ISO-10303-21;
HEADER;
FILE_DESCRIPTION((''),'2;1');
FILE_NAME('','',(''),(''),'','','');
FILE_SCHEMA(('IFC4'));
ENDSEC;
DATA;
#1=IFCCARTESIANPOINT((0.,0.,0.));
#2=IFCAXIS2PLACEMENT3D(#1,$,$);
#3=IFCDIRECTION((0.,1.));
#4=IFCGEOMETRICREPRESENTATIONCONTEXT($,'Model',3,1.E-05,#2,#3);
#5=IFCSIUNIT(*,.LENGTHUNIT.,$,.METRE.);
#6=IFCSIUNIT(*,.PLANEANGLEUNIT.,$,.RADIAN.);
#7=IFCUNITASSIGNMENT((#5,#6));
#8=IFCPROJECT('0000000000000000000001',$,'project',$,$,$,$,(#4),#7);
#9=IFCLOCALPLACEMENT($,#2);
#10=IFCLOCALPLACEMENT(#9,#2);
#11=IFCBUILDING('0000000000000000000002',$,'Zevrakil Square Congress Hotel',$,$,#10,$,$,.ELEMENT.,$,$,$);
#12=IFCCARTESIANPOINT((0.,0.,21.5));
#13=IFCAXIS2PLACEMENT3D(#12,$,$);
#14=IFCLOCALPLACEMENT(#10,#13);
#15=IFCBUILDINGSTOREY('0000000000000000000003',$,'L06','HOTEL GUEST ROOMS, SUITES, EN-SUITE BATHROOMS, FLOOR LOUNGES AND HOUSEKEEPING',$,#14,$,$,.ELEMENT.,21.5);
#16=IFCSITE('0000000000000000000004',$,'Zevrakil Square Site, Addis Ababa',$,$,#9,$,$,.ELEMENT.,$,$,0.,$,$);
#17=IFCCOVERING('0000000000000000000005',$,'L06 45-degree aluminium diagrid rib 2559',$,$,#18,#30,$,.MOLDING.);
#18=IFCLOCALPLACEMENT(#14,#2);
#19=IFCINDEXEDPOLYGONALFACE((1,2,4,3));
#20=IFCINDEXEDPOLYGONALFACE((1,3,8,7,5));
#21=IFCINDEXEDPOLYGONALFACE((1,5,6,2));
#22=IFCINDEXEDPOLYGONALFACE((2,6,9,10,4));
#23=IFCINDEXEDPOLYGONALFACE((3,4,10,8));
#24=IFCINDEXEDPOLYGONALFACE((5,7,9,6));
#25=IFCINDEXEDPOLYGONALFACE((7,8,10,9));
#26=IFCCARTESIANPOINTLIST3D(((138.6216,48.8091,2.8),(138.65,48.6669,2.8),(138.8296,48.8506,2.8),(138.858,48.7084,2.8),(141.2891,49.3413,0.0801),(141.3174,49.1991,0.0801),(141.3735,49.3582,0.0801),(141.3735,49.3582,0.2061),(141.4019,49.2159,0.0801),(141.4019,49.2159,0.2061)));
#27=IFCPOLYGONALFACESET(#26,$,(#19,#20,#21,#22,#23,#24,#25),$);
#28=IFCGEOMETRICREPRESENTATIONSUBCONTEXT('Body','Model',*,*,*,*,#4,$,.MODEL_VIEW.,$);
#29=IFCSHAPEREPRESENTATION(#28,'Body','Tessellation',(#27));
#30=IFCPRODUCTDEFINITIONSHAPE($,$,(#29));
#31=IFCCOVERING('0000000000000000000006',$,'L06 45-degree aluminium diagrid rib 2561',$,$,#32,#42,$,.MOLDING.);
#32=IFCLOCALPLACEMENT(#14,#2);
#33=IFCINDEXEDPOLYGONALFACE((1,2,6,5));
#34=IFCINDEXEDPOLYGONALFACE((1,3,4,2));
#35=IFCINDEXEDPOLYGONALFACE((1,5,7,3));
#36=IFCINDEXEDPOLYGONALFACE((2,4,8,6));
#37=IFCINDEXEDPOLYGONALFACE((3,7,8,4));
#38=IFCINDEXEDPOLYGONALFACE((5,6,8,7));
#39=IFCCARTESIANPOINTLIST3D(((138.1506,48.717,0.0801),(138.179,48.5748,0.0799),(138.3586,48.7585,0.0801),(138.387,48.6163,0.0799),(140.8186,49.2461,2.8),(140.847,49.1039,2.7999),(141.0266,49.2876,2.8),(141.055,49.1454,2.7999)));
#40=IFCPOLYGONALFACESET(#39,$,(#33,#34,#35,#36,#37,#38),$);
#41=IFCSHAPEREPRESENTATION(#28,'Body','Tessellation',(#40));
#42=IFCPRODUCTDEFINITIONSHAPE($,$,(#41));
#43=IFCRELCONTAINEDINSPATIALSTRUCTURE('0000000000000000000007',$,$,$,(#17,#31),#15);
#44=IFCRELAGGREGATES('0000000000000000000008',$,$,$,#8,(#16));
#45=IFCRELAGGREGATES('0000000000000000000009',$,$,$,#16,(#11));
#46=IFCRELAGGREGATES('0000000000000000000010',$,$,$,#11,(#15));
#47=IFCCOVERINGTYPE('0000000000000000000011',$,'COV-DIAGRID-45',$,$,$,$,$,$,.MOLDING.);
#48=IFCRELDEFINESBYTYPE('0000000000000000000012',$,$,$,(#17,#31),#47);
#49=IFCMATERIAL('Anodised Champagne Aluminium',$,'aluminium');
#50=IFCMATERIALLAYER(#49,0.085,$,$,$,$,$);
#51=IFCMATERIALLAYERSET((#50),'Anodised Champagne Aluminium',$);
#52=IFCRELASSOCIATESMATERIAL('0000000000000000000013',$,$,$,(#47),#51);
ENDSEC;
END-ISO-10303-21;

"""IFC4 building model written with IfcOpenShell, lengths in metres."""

from ifc_helpers import new_model, si_unit, direction, frame, origin, place, context, subcontext, project, spatial, polyline, outline, extrude, material, layer, layer_set, type_object, element, save


model = new_model("IFC4")

# Units and contexts
model_context = context("Model", 3, precision=1e-05, world=origin(), true_north=direction((0.0, 1.0)))
body_context = subcontext(model_context, "Body", "Model", "MODEL_VIEW")
ifc_project = project(units=[si_unit("LENGTHUNIT", "METRE"), si_unit("PLANEANGLEUNIT", "RADIAN")], contexts=[model_context])

# Site, building, storey
site_placement = place(None, origin())
site = spatial("IfcSite", under=ifc_project, at=site_placement, Name="Zevrakil Square Site, Addis Ababa", CompositionType="ELEMENT", RefElevation=0.0)
building_placement = place(site_placement, origin())
building = spatial("IfcBuilding", under=site, at=building_placement, Name="Zevrakil Square Congress Hotel", CompositionType="ELEMENT")
storey_placement = place(building_placement, frame((0.0, 0.0, 21.5)))
storey = spatial("IfcBuildingStorey", under=building, at=storey_placement, Name="L06", Description="HOTEL GUEST ROOMS, SUITES, EN-SUITE BATHROOMS, FLOOR LOUNGES AND HOUSEKEEPING", CompositionType="ELEMENT", Elevation=21.5)

# Coverings
ifc_material_1 = material(Name="Anodised Champagne Aluminium", Category="aluminium")
ifc_layer_1 = layer(ifc_material_1, 0.085)
ifc_layer_set_1 = layer_set([ifc_layer_1], Name="Anodised Champagne Aluminium")
covering_type_1 = type_object("IfcCoveringType", Name="COV-DIAGRID-45", PredefinedType="MOLDING", material=ifc_layer_set_1)
covering_1_placement = place(storey_placement, frame((141.2891, 49.3413, 0.0801), z_axis=(-0.19565, 0.980674, 0.000015), x_axis=(0.980674, 0.19565, 0.0)))
element("IfcCovering", 1, at=covering_1_placement, inside=storey, type_object=covering_type_1, Name="L06 45-degree aluminium diagrid rib 2559", PredefinedType="MOLDING", context=body_context, shape_type="SweptSolid", body=[
    extrude(outline(polyline([(0.0, 0.0), (0.0861, 0.0), (0.0861, -0.126), (-2.508, -2.72), (-2.7201, -2.72), (0.0, 0.0)])), origin(), (0.0, 0.0, -1.0), 0.145),
])
covering_2_placement = place(storey_placement, frame((141.0266, 49.2876, 2.8), z_axis=(-0.195673, 0.980668, 0.001186), x_axis=(-0.980669, -0.195673, 0.0)))
element("IfcCovering", 2, at=covering_2_placement, inside=storey, type_object=covering_type_1, Name="L06 45-degree aluminium diagrid rib 2561", PredefinedType="MOLDING", context=body_context, shape_type="SweptSolid", body=[
    extrude(outline(polyline([(0.0, 0.0), (0.2121, 0.0), (2.932, -2.72), (2.7199, -2.72), (0.0, 0.0)])), origin(), (0.0, 0.0, -1.0), 0.145),
])

save(model, "model.ifc")
